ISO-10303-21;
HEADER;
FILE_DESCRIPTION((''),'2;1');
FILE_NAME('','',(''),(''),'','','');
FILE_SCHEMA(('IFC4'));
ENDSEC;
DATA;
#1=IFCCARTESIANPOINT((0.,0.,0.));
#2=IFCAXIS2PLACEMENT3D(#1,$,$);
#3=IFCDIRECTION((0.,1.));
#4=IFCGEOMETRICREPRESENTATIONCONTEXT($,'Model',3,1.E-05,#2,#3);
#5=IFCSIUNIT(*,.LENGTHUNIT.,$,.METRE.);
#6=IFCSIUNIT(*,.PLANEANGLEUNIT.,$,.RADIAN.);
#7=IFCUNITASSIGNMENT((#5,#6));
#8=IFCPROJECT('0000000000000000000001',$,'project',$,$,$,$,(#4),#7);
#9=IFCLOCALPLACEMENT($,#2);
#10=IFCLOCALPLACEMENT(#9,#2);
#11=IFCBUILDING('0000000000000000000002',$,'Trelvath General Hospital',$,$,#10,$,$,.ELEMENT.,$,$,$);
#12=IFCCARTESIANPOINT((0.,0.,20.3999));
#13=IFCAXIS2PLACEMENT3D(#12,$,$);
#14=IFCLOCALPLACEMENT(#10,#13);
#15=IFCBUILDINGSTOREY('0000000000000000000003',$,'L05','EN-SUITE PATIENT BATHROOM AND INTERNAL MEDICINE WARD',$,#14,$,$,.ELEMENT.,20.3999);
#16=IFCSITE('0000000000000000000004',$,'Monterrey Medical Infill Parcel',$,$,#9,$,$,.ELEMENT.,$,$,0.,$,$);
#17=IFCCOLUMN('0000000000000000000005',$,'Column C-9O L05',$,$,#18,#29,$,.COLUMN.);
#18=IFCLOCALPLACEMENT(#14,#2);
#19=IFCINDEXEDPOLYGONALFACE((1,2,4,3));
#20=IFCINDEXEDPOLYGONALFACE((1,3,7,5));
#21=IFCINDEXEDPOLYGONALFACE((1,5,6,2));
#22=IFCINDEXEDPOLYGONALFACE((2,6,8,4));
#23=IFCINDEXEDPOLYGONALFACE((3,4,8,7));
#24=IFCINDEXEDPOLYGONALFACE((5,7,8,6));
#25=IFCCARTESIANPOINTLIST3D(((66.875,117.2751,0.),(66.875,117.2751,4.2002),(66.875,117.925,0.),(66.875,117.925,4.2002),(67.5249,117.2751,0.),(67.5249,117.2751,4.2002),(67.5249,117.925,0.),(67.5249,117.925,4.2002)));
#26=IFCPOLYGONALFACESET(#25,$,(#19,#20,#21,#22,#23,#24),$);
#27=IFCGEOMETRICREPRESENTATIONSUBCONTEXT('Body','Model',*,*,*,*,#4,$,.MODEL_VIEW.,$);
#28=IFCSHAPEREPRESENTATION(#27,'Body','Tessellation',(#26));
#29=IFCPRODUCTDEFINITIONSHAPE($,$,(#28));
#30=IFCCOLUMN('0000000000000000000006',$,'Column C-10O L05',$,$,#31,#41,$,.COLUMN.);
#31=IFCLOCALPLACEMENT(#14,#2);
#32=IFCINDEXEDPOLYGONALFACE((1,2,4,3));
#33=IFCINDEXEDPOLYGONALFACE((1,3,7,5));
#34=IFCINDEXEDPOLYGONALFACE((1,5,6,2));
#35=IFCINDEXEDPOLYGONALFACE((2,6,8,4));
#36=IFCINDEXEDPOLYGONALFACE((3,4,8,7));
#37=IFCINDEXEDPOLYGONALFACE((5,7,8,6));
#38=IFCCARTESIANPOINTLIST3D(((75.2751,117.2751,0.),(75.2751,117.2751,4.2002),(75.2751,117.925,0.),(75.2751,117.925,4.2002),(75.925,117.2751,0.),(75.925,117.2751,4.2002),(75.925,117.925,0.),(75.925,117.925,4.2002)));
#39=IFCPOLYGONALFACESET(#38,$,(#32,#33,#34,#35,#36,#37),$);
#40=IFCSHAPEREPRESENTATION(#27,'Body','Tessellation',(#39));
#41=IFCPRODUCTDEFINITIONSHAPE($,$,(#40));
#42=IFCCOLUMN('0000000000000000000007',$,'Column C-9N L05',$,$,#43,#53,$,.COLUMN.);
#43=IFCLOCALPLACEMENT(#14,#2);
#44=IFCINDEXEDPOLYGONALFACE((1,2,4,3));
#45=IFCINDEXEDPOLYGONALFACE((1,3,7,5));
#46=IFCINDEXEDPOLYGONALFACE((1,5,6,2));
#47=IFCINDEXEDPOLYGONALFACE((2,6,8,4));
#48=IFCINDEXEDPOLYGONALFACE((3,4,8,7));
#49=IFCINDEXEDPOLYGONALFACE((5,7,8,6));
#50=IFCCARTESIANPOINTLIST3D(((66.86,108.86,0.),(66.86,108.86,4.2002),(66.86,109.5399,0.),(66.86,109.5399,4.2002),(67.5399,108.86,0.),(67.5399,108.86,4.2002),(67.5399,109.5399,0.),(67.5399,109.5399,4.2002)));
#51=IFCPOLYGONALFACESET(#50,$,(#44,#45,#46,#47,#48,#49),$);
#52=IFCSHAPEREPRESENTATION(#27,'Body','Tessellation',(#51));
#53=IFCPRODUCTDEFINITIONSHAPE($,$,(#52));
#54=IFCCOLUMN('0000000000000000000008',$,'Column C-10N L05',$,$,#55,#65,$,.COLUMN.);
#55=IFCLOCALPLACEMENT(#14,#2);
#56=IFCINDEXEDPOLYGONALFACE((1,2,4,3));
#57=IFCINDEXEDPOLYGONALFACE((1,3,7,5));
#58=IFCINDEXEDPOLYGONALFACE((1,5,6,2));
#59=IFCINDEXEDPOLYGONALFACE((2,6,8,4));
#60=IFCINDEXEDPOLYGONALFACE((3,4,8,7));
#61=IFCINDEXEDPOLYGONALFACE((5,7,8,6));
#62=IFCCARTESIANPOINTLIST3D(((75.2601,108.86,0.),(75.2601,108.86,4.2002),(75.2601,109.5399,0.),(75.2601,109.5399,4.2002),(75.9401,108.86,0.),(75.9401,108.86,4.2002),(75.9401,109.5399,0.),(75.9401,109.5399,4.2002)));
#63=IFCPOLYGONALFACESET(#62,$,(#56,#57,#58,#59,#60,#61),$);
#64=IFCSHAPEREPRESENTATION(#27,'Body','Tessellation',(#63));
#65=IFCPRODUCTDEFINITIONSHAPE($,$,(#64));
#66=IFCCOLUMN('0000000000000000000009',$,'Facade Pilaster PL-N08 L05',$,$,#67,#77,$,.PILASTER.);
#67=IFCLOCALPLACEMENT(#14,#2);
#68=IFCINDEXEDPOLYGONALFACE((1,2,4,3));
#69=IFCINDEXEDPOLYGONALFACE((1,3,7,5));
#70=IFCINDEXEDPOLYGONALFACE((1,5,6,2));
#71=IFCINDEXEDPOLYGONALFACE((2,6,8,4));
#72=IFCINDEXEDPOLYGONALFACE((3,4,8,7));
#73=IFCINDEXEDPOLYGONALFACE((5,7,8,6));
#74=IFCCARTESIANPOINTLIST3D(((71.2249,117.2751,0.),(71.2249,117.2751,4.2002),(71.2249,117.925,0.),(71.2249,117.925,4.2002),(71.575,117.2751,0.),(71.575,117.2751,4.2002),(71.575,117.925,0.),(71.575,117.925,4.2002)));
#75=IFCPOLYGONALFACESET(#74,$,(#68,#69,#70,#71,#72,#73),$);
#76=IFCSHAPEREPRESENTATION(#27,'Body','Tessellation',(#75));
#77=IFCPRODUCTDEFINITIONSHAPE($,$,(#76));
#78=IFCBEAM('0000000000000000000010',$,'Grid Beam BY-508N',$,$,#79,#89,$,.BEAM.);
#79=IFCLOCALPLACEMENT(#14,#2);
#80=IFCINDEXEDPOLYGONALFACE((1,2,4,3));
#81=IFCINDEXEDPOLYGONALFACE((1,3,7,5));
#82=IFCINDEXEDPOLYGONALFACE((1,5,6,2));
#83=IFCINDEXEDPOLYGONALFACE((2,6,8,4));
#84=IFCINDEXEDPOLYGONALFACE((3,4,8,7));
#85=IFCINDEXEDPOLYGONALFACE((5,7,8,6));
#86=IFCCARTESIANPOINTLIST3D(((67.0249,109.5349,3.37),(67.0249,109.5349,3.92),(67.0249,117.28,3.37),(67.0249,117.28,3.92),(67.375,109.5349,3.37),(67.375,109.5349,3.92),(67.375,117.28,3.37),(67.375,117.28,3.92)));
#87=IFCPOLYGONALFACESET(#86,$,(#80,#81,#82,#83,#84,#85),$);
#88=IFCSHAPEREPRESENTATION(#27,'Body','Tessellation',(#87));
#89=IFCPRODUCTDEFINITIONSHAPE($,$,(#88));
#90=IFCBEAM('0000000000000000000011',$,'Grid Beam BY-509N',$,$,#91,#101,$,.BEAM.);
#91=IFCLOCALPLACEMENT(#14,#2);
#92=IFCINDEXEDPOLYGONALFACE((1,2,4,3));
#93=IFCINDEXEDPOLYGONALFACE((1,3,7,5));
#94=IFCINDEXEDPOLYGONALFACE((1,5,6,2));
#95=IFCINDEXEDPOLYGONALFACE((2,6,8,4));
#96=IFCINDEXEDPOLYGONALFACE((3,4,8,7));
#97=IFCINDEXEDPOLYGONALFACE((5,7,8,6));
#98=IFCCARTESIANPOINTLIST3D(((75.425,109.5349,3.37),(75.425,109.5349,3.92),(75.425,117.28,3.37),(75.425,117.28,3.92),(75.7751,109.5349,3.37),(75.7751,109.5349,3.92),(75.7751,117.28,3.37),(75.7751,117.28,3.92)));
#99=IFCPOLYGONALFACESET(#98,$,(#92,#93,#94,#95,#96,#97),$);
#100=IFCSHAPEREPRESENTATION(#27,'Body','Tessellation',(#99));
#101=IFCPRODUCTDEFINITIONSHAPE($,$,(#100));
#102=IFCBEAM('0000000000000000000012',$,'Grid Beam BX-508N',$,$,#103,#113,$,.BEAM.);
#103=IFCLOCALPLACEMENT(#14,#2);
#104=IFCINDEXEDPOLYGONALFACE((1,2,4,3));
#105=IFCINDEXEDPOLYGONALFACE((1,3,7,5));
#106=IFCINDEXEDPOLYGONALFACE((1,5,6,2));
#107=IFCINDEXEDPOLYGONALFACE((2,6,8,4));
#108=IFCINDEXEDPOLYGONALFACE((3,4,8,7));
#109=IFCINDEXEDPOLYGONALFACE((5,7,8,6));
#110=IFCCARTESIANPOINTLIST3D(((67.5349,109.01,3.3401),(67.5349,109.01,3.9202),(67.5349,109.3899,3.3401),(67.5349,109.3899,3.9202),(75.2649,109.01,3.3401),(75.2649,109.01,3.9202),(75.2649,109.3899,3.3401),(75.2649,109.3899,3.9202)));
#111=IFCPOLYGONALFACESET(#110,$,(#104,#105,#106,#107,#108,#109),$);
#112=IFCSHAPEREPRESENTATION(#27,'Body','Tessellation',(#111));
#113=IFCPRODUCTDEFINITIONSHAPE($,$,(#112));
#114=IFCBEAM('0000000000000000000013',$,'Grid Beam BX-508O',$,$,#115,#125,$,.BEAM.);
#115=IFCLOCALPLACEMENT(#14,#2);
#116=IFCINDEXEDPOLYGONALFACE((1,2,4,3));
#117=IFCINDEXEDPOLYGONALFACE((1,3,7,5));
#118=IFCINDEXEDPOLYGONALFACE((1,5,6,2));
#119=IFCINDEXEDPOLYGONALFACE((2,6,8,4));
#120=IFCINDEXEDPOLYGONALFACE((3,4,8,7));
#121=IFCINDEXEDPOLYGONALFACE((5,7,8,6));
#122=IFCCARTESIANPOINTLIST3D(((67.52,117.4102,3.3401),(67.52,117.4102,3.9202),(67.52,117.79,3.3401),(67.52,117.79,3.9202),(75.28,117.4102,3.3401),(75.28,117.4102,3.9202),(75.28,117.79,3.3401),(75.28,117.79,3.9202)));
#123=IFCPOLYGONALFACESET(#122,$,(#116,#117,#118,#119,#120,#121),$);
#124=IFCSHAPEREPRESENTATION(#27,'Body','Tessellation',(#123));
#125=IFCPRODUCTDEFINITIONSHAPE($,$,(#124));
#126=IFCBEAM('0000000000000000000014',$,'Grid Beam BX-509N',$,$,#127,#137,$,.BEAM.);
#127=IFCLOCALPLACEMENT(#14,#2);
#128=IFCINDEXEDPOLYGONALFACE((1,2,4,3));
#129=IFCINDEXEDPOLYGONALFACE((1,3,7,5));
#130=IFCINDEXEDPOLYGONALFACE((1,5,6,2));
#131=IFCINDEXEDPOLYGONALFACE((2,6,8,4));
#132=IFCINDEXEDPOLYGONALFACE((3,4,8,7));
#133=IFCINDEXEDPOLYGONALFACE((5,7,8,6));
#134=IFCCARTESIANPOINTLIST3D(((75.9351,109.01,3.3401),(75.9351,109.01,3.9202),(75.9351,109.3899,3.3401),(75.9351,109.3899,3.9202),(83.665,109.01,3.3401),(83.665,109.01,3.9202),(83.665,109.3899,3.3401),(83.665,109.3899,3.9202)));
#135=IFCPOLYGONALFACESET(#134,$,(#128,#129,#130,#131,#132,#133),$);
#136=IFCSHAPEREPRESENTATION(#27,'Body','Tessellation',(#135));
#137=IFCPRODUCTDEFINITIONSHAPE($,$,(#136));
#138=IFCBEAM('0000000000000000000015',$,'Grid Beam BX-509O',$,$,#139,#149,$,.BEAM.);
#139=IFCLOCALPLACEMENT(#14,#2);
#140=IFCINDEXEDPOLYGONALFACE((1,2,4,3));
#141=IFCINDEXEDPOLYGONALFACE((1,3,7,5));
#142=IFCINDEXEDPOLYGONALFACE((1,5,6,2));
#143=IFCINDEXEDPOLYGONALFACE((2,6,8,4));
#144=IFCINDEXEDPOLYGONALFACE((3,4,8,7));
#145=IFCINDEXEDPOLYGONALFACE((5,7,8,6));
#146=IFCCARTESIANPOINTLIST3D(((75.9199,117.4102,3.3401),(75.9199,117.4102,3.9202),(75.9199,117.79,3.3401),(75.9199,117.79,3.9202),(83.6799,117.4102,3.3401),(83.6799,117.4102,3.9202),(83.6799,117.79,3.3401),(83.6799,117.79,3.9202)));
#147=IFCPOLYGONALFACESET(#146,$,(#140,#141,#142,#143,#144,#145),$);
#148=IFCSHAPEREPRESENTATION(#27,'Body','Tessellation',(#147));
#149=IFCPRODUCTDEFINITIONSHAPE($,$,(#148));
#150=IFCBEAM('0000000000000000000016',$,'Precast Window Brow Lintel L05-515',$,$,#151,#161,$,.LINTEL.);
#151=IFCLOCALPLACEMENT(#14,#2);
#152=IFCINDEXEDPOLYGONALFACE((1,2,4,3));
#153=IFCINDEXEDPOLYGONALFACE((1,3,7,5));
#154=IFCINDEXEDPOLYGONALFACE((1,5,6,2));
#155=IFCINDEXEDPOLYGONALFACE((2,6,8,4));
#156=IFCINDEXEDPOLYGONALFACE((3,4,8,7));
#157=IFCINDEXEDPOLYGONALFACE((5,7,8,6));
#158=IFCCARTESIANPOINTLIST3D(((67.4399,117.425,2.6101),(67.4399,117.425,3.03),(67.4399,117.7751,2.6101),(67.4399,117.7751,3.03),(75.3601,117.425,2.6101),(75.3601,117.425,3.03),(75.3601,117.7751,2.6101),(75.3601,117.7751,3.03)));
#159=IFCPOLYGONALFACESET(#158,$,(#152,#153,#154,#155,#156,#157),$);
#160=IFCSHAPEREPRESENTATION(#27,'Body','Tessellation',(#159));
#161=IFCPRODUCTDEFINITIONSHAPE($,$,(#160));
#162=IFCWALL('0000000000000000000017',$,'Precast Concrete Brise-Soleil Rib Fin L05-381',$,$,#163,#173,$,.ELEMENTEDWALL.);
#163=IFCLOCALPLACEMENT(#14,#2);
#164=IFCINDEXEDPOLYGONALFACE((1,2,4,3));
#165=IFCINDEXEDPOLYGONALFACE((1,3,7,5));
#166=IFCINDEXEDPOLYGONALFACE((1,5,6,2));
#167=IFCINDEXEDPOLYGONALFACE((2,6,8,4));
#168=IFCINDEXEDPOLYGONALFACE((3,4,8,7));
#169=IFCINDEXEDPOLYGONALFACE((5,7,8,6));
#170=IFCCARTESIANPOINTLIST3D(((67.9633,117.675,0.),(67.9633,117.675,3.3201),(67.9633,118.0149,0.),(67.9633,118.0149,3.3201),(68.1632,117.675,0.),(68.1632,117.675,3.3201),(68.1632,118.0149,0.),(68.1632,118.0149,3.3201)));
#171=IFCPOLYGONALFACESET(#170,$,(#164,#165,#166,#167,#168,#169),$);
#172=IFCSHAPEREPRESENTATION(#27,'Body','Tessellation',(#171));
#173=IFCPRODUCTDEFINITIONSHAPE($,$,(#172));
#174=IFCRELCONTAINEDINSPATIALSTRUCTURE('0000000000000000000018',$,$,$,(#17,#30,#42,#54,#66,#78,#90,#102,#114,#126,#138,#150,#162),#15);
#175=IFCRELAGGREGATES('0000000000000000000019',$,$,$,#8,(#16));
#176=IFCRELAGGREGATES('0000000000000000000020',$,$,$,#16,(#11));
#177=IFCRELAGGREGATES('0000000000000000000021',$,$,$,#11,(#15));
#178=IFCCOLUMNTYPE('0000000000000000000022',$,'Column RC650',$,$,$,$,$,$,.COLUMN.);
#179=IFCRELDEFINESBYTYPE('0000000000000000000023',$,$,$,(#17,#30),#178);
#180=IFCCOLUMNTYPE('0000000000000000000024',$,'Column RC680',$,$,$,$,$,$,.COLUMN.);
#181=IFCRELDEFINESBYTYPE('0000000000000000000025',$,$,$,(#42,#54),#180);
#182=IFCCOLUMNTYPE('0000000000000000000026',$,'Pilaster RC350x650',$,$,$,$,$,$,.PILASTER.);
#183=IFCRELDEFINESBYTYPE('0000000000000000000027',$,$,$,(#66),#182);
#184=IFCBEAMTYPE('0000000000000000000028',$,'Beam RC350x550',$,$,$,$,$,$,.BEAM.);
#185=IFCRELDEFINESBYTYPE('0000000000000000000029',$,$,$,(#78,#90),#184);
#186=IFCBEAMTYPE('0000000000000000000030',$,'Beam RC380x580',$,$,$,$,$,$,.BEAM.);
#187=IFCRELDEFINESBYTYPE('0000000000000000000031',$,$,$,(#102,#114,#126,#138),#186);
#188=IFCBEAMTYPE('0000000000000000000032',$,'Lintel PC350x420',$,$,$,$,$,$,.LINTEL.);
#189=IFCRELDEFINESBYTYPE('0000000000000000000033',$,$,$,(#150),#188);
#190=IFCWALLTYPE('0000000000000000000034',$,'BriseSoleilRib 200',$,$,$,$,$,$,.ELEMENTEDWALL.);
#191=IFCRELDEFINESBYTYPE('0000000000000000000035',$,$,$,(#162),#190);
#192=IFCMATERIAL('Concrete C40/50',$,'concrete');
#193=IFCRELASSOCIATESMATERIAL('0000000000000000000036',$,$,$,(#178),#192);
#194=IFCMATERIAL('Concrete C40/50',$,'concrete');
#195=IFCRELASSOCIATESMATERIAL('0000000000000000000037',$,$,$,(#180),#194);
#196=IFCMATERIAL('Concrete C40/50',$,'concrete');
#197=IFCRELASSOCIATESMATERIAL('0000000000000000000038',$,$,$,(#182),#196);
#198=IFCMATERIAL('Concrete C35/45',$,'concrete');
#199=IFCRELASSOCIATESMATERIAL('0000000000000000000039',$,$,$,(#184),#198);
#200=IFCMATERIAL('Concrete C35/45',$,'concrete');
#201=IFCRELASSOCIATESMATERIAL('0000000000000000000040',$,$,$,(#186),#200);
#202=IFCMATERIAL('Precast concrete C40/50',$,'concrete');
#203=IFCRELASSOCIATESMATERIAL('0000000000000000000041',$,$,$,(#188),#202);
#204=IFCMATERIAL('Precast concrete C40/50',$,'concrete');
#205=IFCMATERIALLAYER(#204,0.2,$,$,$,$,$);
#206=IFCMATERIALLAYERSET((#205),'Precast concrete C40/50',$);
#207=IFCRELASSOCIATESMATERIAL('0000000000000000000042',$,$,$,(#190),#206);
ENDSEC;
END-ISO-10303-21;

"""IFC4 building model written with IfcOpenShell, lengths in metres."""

from ifc_helpers import new_model, si_unit, direction, frame, frame_2d, origin, origin_2d, place, context, subcontext, project, spatial, rectangle, extrude, material, layer, layer_set, material_profile, profile_set, type_object, element, save


model = new_model("IFC4")

# Units and contexts
model_context = context("Model", 3, precision=1e-05, world=origin(), true_north=direction((0.0, 1.0)))
body_context = subcontext(model_context, "Body", "Model", "MODEL_VIEW")
ifc_project = project(units=[si_unit("LENGTHUNIT", "METRE"), si_unit("PLANEANGLEUNIT", "RADIAN")], contexts=[model_context])

# Site, building, storey
site_placement = place(None, origin())
site = spatial("IfcSite", under=ifc_project, at=site_placement, Name="Monterrey Medical Infill Parcel", CompositionType="ELEMENT", RefElevation=0.0)
building_placement = place(site_placement, origin())
building = spatial("IfcBuilding", under=site, at=building_placement, Name="Trelvath General Hospital", CompositionType="ELEMENT")
storey_placement = place(building_placement, frame((0.0, 0.0, 20.3999)))
storey = spatial("IfcBuildingStorey", under=building, at=storey_placement, Name="L05", Description="EN-SUITE PATIENT BATHROOM AND INTERNAL MEDICINE WARD", CompositionType="ELEMENT", Elevation=20.3999)

# Columns
ifc_material_1 = material(Name="Concrete C40/50", Category="concrete")
ifc_material_profile_1 = material_profile(ifc_material_1, rectangle(XDim=0.6499, YDim=0.6499, at=origin_2d()), Name="RC650x650")
ifc_profile_set_1 = profile_set([ifc_material_profile_1], Name="Concrete C40/50")
column_type_1 = type_object("IfcColumnType", Name="Column RC650", PredefinedType="COLUMN", material=ifc_profile_set_1)
for number, where, z_axis, x_axis, name in (
    (1, (67.2, 117.6001, 0.0), (0.0, 0.0, 1.0), (1.0, 0.0, 0.0), "Column C-9O L05"),
    (2, (75.6001, 117.6001, 0.0), (0.0, 0.0, 1.0), (1.0, 0.0, 0.0), "Column C-10O L05"),
):
    element("IfcColumn", number, at=place(storey_placement, frame(where, z_axis=z_axis, x_axis=x_axis)), inside=storey, type_object=column_type_1, Name=name, PredefinedType="COLUMN", context=body_context, shape_type="SweptSolid", body=[
        extrude(rectangle(XDim=0.6499, YDim=0.6499, at=origin_2d()), origin(), (0.0, 0.0, 1.0), 4.2002),
    ])
ifc_material_2 = material(Name="Concrete C40/50", Category="concrete")
ifc_material_profile_2 = material_profile(ifc_material_2, rectangle(XDim=0.6799, YDim=0.6799, at=origin_2d()), Name="RC680x680")
ifc_profile_set_2 = profile_set([ifc_material_profile_2], Name="Concrete C40/50")
column_type_2 = type_object("IfcColumnType", Name="Column RC680", PredefinedType="COLUMN", material=ifc_profile_set_2)
for number, where, z_axis, x_axis, name in (
    (3, (67.2, 109.2, 0.0), (0.0, 0.0, 1.0), (1.0, 0.0, 0.0), "Column C-9N L05"),
    (4, (75.6001, 109.2, 0.0), (0.0, 0.0, 1.0), (1.0, 0.0, 0.0), "Column C-10N L05"),
):
    element("IfcColumn", number, at=place(storey_placement, frame(where, z_axis=z_axis, x_axis=x_axis)), inside=storey, type_object=column_type_2, Name=name, PredefinedType="COLUMN", context=body_context, shape_type="SweptSolid", body=[
        extrude(rectangle(XDim=0.6799, YDim=0.6799, at=origin_2d()), origin(), (0.0, 0.0, 1.0), 4.2002),
    ])
ifc_material_3 = material(Name="Concrete C40/50", Category="concrete")
ifc_material_profile_3 = material_profile(ifc_material_3, rectangle(XDim=0.3501, YDim=0.6499, at=origin_2d()), Name="RC350x650")
ifc_profile_set_3 = profile_set([ifc_material_profile_3], Name="Concrete C40/50")
column_type_3 = type_object("IfcColumnType", Name="Pilaster RC350x650", PredefinedType="PILASTER", material=ifc_profile_set_3)
column_placement = place(storey_placement, frame((71.3999, 117.6001, 0.0), z_axis=(0.0, 0.0, 1.0), x_axis=(1.0, 0.0, 0.0)))
element("IfcColumn", 5, at=column_placement, inside=storey, type_object=column_type_3, Name="Facade Pilaster PL-N08 L05", PredefinedType="PILASTER", context=body_context, shape_type="SweptSolid", body=[
    extrude(rectangle(XDim=0.3501, YDim=0.6499, at=origin_2d()), origin(), (0.0, 0.0, 1.0), 4.2002),
])

# Beams
ifc_material_4 = material(Name="Concrete C35/45", Category="concrete")
ifc_material_profile_4 = material_profile(ifc_material_4, rectangle(XDim=0.3501, YDim=0.55, at=origin_2d()), Name="RCB350x550")
ifc_profile_set_4 = profile_set([ifc_material_profile_4], Name="Concrete C35/45")
beam_type_1 = type_object("IfcBeamType", Name="Beam RC350x550", PredefinedType="BEAM", material=ifc_profile_set_4)
for number, where, z_axis, x_axis, name in (
    (6, (67.2, 109.5349, 3.645), (0.0, 1.0, 0.0), (-1.0, 0.0, 0.0), "Grid Beam BY-508N"),
    (7, (75.6001, 109.5349, 3.645), (0.0, 1.0, 0.0), (-1.0, 0.0, 0.0), "Grid Beam BY-509N"),
):
    element("IfcBeam", number, at=place(storey_placement, frame(where, z_axis=z_axis, x_axis=x_axis)), inside=storey, type_object=beam_type_1, Name=name, PredefinedType="BEAM", context=body_context, shape_type="SweptSolid", body=[
        extrude(rectangle(XDim=0.3501, YDim=0.55, at=origin_2d()), origin(), (0.0, 0.0, 1.0), 7.7451),
    ])
ifc_material_5 = material(Name="Concrete C35/45", Category="concrete")
ifc_material_profile_5 = material_profile(ifc_material_5, rectangle(XDim=0.3799, YDim=0.5801, at=origin_2d()), Name="RCB380x580")
ifc_profile_set_5 = profile_set([ifc_material_profile_5], Name="Concrete C35/45")
beam_type_2 = type_object("IfcBeamType", Name="Beam RC380x580", PredefinedType="BEAM", material=ifc_profile_set_5)
beam_1_placement = place(storey_placement, frame((67.5349, 109.2, 3.6301), z_axis=(1.0, 0.0, 0.0), x_axis=(0.0, 1.0, 0.0)))
element("IfcBeam", 8, at=beam_1_placement, inside=storey, type_object=beam_type_2, Name="Grid Beam BX-508N", PredefinedType="BEAM", context=body_context, shape_type="SweptSolid", body=[
    extrude(rectangle(XDim=0.3799, YDim=0.5801, at=origin_2d()), origin(), (0.0, 0.0, 1.0), 7.73),
])
beam_2_placement = place(storey_placement, frame((67.52, 117.6001, 3.6301), z_axis=(1.0, 0.0, 0.0), x_axis=(0.0, 1.0, 0.0)))
element("IfcBeam", 9, at=beam_2_placement, inside=storey, type_object=beam_type_2, Name="Grid Beam BX-508O", PredefinedType="BEAM", context=body_context, shape_type="SweptSolid", body=[
    extrude(rectangle(XDim=0.3799, YDim=0.5801, at=origin_2d()), origin(), (0.0, 0.0, 1.0), 7.76),
])
beam_3_placement = place(storey_placement, frame((75.9351, 109.2, 3.6301), z_axis=(1.0, 0.0, 0.0), x_axis=(0.0, 1.0, 0.0)))
element("IfcBeam", 10, at=beam_3_placement, inside=storey, type_object=beam_type_2, Name="Grid Beam BX-509N", PredefinedType="BEAM", context=body_context, shape_type="SweptSolid", body=[
    extrude(rectangle(XDim=0.3799, YDim=0.5801, at=origin_2d()), origin(), (0.0, 0.0, 1.0), 7.73),
])
beam_4_placement = place(storey_placement, frame((75.9199, 117.6001, 3.6301), z_axis=(1.0, 0.0, 0.0), x_axis=(0.0, 1.0, 0.0)))
element("IfcBeam", 11, at=beam_4_placement, inside=storey, type_object=beam_type_2, Name="Grid Beam BX-509O", PredefinedType="BEAM", context=body_context, shape_type="SweptSolid", body=[
    extrude(rectangle(XDim=0.3799, YDim=0.5801, at=origin_2d()), origin(), (0.0, 0.0, 1.0), 7.76),
])
ifc_material_6 = material(Name="Precast concrete C40/50", Category="concrete")
ifc_material_profile_6 = material_profile(ifc_material_6, rectangle(XDim=0.3501, YDim=0.4199, at=origin_2d()), Name="PCL350x420")
ifc_profile_set_6 = profile_set([ifc_material_profile_6], Name="Precast concrete C40/50")
beam_type_3 = type_object("IfcBeamType", Name="Lintel PC350x420", PredefinedType="LINTEL", material=ifc_profile_set_6)
beam_5_placement = place(storey_placement, frame((67.4399, 117.6001, 2.8201), z_axis=(1.0, 0.0, 0.0), x_axis=(0.0, 1.0, 0.0)))
element("IfcBeam", 12, at=beam_5_placement, inside=storey, type_object=beam_type_3, Name="Precast Window Brow Lintel L05-515", PredefinedType="LINTEL", context=body_context, shape_type="SweptSolid", body=[
    extrude(rectangle(XDim=0.3501, YDim=0.4199, at=origin_2d()), origin(), (0.0, 0.0, 1.0), 7.9202),
])

# Wall
ifc_material_7 = material(Name="Precast concrete C40/50", Category="concrete")
ifc_layer_1 = layer(ifc_material_7, 0.2)
ifc_layer_set_1 = layer_set([ifc_layer_1], Name="Precast concrete C40/50")
wall_type_1 = type_object("IfcWallType", Name="BriseSoleilRib 200", PredefinedType="ELEMENTEDWALL", material=ifc_layer_set_1)
wall_1_placement = place(storey_placement, frame((68.0632, 117.675, 0.0), z_axis=(0.0, 0.0, 1.0), x_axis=(0.0, 1.0, 0.0)))
element("IfcWall", 13, at=wall_1_placement, inside=storey, type_object=wall_type_1, Name="Precast Concrete Brise-Soleil Rib Fin L05-381", PredefinedType="ELEMENTEDWALL", context=body_context, shape_type="SweptSolid", body=[
    extrude(rectangle(XDim=0.3398, YDim=0.2, at=frame_2d((0.1699, 0.0))), origin(), (0.0, 0.0, 1.0), 3.3201),
])

save(model, "model.ifc")
